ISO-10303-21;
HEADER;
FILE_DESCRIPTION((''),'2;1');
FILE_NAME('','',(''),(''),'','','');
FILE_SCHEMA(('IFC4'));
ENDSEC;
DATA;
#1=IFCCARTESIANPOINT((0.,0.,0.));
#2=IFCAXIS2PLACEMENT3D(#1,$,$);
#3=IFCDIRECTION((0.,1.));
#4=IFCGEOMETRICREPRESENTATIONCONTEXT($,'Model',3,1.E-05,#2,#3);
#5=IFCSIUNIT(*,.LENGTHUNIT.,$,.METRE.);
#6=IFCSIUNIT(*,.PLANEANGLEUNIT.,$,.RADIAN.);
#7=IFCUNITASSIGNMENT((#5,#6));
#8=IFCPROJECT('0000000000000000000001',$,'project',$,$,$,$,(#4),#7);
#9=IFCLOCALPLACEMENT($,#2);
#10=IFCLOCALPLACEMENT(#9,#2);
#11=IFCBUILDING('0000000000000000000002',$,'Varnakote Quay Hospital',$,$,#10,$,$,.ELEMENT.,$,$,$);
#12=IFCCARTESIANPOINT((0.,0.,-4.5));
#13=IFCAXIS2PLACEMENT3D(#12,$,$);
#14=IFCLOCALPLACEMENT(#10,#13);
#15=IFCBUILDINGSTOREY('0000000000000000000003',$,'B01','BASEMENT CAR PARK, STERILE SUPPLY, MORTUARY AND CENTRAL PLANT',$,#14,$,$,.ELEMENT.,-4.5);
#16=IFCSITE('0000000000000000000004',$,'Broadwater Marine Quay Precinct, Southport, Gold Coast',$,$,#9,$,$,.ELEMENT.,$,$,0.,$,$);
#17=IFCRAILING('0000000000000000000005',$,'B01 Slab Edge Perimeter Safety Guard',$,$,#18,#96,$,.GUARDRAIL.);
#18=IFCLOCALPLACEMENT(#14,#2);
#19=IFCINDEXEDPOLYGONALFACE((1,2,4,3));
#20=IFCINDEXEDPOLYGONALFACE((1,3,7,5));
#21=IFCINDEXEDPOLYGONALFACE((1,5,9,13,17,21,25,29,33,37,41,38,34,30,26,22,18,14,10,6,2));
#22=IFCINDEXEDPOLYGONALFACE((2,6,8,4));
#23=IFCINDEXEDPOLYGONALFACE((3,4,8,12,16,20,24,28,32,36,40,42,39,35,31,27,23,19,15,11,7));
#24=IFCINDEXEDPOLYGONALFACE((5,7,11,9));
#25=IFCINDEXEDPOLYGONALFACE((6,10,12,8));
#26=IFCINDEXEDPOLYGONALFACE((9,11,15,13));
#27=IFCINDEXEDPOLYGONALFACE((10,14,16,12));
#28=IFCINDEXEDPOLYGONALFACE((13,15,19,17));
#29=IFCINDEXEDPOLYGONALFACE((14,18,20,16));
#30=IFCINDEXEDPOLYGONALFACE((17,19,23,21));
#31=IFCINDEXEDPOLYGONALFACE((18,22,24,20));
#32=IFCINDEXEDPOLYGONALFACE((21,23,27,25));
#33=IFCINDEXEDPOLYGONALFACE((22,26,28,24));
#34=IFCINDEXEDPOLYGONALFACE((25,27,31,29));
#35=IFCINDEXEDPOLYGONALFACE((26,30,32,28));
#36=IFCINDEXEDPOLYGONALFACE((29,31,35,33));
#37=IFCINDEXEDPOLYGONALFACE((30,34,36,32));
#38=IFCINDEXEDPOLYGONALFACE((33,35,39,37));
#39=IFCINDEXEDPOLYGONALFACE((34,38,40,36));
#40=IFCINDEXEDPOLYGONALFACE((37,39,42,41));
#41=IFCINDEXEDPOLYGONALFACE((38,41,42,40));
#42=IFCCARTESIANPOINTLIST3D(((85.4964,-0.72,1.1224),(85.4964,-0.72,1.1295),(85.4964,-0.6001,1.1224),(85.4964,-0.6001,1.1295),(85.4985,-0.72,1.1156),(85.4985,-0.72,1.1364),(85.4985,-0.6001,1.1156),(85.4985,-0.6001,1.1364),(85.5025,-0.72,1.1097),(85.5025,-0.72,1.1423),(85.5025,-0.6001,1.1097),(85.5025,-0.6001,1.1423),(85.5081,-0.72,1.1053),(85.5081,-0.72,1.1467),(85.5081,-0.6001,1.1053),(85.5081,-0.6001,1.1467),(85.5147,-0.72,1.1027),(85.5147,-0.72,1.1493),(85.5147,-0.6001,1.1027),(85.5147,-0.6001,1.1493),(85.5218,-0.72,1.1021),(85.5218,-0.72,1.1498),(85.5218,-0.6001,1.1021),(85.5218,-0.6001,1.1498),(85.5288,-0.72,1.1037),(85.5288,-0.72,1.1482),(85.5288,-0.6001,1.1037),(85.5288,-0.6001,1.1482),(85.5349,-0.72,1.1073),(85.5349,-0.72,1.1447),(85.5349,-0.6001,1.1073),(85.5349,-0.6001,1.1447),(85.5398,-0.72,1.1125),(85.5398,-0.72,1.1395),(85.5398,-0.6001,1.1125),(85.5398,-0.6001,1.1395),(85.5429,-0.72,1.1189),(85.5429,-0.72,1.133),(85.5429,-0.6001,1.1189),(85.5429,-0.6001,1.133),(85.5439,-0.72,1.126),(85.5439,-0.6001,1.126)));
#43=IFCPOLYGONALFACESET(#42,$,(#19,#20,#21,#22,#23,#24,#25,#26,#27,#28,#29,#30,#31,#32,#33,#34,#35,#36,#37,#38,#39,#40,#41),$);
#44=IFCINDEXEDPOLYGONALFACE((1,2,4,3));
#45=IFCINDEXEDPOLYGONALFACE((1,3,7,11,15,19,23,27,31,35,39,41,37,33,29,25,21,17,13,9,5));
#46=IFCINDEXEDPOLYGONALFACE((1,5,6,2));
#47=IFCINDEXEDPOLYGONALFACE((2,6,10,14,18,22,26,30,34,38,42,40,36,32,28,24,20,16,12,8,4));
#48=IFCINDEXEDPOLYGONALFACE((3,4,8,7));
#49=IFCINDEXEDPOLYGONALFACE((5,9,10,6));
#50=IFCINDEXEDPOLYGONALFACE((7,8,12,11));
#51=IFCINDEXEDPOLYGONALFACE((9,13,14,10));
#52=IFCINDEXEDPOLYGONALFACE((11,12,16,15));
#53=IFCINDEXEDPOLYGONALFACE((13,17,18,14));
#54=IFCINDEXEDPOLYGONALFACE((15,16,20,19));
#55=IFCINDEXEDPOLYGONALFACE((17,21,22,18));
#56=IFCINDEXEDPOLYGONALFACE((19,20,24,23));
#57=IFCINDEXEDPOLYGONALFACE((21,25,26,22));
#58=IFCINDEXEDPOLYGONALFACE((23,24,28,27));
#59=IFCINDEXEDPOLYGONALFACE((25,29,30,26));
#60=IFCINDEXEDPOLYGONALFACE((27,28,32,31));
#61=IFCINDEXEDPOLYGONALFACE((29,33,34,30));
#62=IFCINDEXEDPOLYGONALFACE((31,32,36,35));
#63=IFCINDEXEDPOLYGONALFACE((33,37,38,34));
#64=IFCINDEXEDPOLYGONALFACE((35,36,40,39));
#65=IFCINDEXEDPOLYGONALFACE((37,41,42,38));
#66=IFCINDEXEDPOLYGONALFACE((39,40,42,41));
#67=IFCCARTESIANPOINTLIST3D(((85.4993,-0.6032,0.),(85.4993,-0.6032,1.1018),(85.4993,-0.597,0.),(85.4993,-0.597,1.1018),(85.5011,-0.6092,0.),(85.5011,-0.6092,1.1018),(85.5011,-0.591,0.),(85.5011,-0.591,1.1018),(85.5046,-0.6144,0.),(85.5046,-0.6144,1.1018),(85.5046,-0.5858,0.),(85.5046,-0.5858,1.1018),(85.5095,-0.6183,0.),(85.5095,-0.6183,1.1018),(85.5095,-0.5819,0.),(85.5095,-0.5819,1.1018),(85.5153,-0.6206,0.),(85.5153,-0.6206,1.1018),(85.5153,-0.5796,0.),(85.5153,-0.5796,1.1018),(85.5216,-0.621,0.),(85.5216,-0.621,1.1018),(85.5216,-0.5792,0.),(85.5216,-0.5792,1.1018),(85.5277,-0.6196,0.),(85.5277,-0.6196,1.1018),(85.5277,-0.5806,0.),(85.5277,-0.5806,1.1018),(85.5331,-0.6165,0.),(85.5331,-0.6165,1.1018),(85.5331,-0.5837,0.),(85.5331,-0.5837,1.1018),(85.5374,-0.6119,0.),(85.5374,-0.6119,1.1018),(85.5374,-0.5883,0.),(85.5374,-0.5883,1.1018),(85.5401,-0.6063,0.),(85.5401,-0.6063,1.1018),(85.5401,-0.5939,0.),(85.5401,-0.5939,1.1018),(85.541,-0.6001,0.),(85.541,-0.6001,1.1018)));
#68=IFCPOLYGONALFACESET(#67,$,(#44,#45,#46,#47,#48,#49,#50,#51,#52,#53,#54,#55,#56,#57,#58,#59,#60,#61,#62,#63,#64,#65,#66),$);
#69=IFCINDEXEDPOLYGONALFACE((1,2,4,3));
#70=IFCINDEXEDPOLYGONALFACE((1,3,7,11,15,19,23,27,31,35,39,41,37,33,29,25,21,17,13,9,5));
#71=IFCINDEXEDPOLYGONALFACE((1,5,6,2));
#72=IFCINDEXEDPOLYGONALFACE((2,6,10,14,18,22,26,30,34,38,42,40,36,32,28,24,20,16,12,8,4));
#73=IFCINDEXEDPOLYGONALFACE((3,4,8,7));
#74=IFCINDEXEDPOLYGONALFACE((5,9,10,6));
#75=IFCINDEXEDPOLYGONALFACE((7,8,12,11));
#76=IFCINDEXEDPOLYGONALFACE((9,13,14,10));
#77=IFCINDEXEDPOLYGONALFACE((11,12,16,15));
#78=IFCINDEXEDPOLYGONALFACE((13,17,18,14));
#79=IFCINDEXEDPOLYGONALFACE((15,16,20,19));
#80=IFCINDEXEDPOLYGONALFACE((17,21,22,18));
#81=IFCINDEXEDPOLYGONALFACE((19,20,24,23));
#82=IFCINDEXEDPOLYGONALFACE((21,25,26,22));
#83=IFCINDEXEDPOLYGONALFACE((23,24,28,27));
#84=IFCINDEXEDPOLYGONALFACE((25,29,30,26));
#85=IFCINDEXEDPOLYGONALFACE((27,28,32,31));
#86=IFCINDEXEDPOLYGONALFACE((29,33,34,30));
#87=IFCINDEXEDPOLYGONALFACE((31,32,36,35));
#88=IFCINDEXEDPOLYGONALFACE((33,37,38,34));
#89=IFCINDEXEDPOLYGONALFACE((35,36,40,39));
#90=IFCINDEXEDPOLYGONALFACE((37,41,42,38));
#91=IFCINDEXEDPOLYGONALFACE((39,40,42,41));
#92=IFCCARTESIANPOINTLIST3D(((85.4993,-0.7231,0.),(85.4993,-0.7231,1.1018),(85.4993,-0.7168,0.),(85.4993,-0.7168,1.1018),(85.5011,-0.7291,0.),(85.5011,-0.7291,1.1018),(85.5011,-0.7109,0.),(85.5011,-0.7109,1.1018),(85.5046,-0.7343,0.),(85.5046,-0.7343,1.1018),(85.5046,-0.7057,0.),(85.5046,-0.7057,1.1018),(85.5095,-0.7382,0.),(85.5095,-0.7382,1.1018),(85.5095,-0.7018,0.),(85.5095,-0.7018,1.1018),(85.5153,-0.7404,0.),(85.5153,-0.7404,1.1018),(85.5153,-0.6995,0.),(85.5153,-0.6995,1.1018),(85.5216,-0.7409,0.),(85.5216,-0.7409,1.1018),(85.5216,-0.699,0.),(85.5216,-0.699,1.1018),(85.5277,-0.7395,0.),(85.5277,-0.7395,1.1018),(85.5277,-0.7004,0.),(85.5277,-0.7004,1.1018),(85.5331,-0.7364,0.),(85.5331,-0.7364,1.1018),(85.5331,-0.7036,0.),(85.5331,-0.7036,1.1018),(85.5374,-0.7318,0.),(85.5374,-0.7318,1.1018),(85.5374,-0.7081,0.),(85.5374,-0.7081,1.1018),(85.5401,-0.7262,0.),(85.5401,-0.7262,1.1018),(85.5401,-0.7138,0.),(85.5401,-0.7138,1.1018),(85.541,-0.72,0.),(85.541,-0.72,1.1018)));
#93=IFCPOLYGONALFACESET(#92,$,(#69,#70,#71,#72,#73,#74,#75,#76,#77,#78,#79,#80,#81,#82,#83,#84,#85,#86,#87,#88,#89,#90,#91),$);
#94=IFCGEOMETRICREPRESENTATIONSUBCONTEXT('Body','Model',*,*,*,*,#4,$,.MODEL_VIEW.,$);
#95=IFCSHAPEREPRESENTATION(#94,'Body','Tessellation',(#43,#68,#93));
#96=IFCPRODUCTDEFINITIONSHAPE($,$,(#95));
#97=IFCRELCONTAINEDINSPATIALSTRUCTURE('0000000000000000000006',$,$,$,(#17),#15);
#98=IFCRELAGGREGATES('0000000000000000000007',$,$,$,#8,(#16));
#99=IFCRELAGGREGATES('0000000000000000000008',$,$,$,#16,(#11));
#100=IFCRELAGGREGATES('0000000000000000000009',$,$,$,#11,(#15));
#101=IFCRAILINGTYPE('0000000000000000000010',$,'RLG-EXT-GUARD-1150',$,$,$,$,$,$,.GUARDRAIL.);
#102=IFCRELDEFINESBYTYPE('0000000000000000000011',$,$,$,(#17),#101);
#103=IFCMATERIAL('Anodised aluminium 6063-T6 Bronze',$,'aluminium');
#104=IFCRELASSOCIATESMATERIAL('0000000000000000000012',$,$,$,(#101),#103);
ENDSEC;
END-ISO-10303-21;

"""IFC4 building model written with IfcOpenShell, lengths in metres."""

from ifc_helpers import new_model, si_unit, direction, frame, origin, origin_2d, place, context, subcontext, project, spatial, circle, extrude, material, type_object, element, save


model = new_model("IFC4")

# Units and contexts
model_context = context("Model", 3, precision=1e-05, world=origin(), true_north=direction((0.0, 1.0)))
body_context = subcontext(model_context, "Body", "Model", "MODEL_VIEW")
ifc_project = project(units=[si_unit("LENGTHUNIT", "METRE"), si_unit("PLANEANGLEUNIT", "RADIAN")], contexts=[model_context])

# Site, building, storey
site_placement = place(None, origin())
site = spatial("IfcSite", under=ifc_project, at=site_placement, Name="Broadwater Marine Quay Precinct, Southport, Gold Coast", CompositionType="ELEMENT", RefElevation=0.0)
building_placement = place(site_placement, origin())
building = spatial("IfcBuilding", under=site, at=building_placement, Name="Varnakote Quay Hospital", CompositionType="ELEMENT")
storey_placement = place(building_placement, frame((0.0, 0.0, -4.5)))
storey = spatial("IfcBuildingStorey", under=building, at=storey_placement, Name="B01", Description="BASEMENT CAR PARK, STERILE SUPPLY, MORTUARY AND CENTRAL PLANT", CompositionType="ELEMENT", Elevation=-4.5)

# Railing
ifc_material_1 = material(Name="Anodised aluminium 6063-T6 Bronze", Category="aluminium")
railing_type = type_object("IfcRailingType", Name="RLG-EXT-GUARD-1150", PredefinedType="GUARDRAIL", material=ifc_material_1)
railing_1_placement = place(storey_placement, frame((85.52, -0.6001, 0.0)))
element("IfcRailing", 1, at=railing_1_placement, inside=storey, type_object=railing_type, Name="B01 Slab Edge Perimeter Safety Guard", PredefinedType="GUARDRAIL", context=body_context, shape_type="SweptSolid", body=[
    extrude(circle(Radius=0.0239, at=origin_2d()), frame((0.0, 0.0, 1.126), z_axis=(0.0, -1.0, 0.0), x_axis=(1.0, 0.0, 0.0)), (0.0, 0.0, 1.0), 0.1199),
    extrude(circle(Radius=0.021, at=origin_2d()), origin(), (0.0, 0.0, 1.0), 1.1018),
    extrude(circle(Radius=0.021, at=origin_2d()), frame((0.0, -0.1199, 0.0)), (0.0, 0.0, 1.0), 1.1018),
])

save(model, "model.ifc")
